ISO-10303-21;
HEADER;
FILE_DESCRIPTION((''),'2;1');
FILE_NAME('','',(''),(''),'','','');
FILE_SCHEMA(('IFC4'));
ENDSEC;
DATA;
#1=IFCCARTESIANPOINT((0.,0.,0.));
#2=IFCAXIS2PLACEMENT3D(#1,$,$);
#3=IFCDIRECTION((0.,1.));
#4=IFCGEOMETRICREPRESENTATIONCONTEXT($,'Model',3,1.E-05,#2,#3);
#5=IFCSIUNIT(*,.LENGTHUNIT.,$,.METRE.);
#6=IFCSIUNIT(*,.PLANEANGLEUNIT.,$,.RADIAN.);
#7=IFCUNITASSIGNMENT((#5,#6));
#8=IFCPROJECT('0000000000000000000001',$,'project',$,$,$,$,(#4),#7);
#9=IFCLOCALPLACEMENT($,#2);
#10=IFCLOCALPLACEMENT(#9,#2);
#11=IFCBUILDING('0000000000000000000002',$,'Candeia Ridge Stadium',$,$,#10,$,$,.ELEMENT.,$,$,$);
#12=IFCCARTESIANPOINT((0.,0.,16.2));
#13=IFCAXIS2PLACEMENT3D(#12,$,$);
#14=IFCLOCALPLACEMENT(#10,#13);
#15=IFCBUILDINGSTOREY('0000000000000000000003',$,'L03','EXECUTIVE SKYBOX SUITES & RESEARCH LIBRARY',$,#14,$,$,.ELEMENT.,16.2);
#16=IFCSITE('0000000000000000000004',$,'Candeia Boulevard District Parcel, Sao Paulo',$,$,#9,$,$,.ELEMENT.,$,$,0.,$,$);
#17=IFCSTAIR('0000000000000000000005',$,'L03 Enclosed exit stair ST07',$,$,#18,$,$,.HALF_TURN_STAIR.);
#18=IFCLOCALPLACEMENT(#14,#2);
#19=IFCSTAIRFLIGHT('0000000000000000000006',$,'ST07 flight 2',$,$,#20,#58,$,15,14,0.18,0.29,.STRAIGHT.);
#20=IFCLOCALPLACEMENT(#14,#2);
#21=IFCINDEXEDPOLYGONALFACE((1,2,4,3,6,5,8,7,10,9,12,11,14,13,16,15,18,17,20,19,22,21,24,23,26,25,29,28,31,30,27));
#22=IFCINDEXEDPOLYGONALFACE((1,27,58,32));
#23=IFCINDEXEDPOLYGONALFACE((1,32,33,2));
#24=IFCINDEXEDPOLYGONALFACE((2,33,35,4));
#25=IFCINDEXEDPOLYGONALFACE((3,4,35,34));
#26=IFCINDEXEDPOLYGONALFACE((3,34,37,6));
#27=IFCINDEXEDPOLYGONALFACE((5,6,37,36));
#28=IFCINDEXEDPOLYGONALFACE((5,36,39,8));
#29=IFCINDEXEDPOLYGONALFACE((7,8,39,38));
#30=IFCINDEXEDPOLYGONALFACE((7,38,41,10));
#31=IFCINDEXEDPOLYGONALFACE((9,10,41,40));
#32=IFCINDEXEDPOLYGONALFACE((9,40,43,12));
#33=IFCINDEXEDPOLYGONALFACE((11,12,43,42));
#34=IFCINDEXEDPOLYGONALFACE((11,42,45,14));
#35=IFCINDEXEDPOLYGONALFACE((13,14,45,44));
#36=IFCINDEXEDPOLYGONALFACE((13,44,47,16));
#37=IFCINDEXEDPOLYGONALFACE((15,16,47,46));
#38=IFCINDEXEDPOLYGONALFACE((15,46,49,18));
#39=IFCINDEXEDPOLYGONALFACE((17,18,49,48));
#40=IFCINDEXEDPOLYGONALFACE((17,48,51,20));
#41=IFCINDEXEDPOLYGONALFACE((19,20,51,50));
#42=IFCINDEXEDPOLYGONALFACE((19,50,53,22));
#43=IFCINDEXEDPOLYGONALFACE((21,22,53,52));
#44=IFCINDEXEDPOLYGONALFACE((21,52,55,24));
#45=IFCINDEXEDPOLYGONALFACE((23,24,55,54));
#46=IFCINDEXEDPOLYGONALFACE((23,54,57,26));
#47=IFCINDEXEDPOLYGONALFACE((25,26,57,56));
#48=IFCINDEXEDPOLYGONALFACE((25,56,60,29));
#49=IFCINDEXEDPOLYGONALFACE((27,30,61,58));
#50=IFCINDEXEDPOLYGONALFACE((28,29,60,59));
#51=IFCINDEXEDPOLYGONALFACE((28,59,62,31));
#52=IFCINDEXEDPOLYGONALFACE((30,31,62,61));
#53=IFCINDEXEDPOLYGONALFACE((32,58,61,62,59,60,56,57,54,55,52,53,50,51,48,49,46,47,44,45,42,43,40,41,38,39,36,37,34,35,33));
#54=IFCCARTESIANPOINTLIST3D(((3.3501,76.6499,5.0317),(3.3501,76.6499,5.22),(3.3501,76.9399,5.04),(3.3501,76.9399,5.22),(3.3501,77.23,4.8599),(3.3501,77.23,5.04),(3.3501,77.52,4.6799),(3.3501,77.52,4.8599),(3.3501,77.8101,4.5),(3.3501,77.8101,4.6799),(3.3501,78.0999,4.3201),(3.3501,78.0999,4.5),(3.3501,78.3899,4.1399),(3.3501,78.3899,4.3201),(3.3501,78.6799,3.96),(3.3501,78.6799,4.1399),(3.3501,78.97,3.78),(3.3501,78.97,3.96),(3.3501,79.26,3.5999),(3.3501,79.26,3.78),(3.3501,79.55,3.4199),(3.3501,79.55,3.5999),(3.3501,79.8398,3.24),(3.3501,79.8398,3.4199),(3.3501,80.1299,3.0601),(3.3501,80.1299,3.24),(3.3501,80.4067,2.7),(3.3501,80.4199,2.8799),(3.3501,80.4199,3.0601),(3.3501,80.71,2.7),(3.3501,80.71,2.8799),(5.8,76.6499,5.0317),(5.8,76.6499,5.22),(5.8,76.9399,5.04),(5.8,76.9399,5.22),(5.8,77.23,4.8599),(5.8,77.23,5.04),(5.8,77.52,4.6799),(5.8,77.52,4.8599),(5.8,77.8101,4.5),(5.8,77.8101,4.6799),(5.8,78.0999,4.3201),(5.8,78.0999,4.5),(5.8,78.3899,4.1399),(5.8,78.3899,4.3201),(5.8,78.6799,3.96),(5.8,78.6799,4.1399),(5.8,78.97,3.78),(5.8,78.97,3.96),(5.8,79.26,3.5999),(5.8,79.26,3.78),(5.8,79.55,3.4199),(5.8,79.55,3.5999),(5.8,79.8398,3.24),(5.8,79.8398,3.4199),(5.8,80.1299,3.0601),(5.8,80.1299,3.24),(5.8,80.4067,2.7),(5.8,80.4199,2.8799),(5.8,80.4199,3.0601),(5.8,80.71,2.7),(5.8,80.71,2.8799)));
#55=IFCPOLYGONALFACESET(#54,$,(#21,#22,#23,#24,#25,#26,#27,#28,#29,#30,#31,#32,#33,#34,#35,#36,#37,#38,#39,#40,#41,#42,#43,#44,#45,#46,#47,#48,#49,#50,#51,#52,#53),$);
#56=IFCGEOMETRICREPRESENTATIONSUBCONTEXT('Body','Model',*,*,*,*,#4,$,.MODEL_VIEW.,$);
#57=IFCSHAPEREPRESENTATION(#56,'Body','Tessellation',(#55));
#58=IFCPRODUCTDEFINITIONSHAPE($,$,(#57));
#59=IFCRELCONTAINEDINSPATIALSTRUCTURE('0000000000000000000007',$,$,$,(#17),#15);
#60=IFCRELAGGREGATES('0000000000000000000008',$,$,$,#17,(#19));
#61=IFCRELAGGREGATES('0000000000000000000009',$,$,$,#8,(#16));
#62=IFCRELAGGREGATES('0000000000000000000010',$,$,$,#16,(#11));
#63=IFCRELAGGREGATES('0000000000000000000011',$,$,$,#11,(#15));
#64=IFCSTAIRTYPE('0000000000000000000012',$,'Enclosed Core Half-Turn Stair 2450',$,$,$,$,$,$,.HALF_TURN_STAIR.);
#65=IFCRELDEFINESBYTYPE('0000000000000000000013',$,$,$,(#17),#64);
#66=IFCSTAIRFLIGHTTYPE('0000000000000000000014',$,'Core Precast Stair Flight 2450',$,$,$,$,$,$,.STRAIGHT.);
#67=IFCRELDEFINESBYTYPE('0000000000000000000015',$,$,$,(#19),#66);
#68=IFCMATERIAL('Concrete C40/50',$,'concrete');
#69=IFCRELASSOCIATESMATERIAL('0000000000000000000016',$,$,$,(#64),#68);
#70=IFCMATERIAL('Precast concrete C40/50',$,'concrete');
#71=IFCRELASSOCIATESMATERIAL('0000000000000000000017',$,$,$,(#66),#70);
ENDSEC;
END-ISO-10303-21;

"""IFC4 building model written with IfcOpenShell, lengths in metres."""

from ifc_helpers import new_model, si_unit, direction, frame, origin, place, context, subcontext, project, spatial, polyline, outline, extrude, material, type_object, element, aggregate, save


model = new_model("IFC4")

# Units and contexts
model_context = context("Model", 3, precision=1e-05, world=origin(), true_north=direction((0.0, 1.0)))
body_context = subcontext(model_context, "Body", "Model", "MODEL_VIEW")
ifc_project = project(units=[si_unit("LENGTHUNIT", "METRE"), si_unit("PLANEANGLEUNIT", "RADIAN")], contexts=[model_context])

# Site, building, storey
site_placement = place(None, origin())
site = spatial("IfcSite", under=ifc_project, at=site_placement, Name="Candeia Boulevard District Parcel, Sao Paulo", CompositionType="ELEMENT", RefElevation=0.0)
building_placement = place(site_placement, origin())
building = spatial("IfcBuilding", under=site, at=building_placement, Name="Candeia Ridge Stadium", CompositionType="ELEMENT")
storey_placement = place(building_placement, frame((0.0, 0.0, 16.2)))
storey = spatial("IfcBuildingStorey", under=building, at=storey_placement, Name="L03", Description="EXECUTIVE SKYBOX SUITES & RESEARCH LIBRARY", CompositionType="ELEMENT", Elevation=16.2)

# Shared definitions
ifc_material_1 = material(Name="Concrete C40/50", Category="concrete")

# Stair, stair flight
stair_type = type_object("IfcStairType", Name="Enclosed Core Half-Turn Stair 2450", PredefinedType="HALF_TURN_STAIR", material=ifc_material_1)
stair_placement = place(storey_placement, origin())
stair = element("IfcStair", 1, at=stair_placement, inside=storey, type_object=stair_type, Name="L03 Enclosed exit stair ST07", PredefinedType="HALF_TURN_STAIR")
ifc_material_2 = material(Name="Precast concrete C40/50", Category="concrete")
stair_flight_type = type_object("IfcStairFlightType", Name="Core Precast Stair Flight 2450", PredefinedType="STRAIGHT", material=ifc_material_2)
stair_flight_1_placement = place(storey_placement, frame((4.575, 80.71, 2.7), z_axis=(0.0, 0.0, 1.0), x_axis=(0.0, -1.0, 0.0)))
stair_flight_1 = element("IfcStairFlight", 2, at=stair_flight_1_placement, type_object=stair_flight_type, Name="ST07 flight 2", NumberOfRisers=15, NumberOfTreads=14, PredefinedType="STRAIGHT", RiserHeight=0.18, TreadLength=0.29, context=body_context, shape_type="SweptSolid", body=[
    extrude(outline(polyline([(0.0, 0.0), (0.0, 0.1799), (0.29, 0.1799), (0.29, 0.3601), (0.5801, 0.3601), (0.5801, 0.54), (0.8701, 0.54), (0.8701, 0.72), (1.1599, 0.72), (1.1599, 0.8999), (1.45, 0.8999), (1.45, 1.0801), (1.74, 1.0801), (1.74, 1.26), (2.03, 1.26), (2.03, 1.4399), (2.3201, 1.4399), (2.3201, 1.6201), (2.6101, 1.6201), (2.6101, 1.8), (2.8999, 1.8), (2.8999, 1.98), (3.1899, 1.98), (3.1899, 2.1599), (3.48, 2.1599), (3.48, 2.3401), (3.77, 2.3401), (3.77, 2.52), (4.0601, 2.52), (4.0601, 2.7), (4.0601, 2.3318), (0.3032, 0.0), (0.0, 0.0)])), frame((0.0, 1.2251, 0.0), z_axis=(0.0, -1.0, 0.0), x_axis=(1.0, 0.0, 0.0)), (0.0, 0.0, 1.0), 2.45),
])
aggregate(stair, [stair_flight_1])

save(model, "model.ifc")
